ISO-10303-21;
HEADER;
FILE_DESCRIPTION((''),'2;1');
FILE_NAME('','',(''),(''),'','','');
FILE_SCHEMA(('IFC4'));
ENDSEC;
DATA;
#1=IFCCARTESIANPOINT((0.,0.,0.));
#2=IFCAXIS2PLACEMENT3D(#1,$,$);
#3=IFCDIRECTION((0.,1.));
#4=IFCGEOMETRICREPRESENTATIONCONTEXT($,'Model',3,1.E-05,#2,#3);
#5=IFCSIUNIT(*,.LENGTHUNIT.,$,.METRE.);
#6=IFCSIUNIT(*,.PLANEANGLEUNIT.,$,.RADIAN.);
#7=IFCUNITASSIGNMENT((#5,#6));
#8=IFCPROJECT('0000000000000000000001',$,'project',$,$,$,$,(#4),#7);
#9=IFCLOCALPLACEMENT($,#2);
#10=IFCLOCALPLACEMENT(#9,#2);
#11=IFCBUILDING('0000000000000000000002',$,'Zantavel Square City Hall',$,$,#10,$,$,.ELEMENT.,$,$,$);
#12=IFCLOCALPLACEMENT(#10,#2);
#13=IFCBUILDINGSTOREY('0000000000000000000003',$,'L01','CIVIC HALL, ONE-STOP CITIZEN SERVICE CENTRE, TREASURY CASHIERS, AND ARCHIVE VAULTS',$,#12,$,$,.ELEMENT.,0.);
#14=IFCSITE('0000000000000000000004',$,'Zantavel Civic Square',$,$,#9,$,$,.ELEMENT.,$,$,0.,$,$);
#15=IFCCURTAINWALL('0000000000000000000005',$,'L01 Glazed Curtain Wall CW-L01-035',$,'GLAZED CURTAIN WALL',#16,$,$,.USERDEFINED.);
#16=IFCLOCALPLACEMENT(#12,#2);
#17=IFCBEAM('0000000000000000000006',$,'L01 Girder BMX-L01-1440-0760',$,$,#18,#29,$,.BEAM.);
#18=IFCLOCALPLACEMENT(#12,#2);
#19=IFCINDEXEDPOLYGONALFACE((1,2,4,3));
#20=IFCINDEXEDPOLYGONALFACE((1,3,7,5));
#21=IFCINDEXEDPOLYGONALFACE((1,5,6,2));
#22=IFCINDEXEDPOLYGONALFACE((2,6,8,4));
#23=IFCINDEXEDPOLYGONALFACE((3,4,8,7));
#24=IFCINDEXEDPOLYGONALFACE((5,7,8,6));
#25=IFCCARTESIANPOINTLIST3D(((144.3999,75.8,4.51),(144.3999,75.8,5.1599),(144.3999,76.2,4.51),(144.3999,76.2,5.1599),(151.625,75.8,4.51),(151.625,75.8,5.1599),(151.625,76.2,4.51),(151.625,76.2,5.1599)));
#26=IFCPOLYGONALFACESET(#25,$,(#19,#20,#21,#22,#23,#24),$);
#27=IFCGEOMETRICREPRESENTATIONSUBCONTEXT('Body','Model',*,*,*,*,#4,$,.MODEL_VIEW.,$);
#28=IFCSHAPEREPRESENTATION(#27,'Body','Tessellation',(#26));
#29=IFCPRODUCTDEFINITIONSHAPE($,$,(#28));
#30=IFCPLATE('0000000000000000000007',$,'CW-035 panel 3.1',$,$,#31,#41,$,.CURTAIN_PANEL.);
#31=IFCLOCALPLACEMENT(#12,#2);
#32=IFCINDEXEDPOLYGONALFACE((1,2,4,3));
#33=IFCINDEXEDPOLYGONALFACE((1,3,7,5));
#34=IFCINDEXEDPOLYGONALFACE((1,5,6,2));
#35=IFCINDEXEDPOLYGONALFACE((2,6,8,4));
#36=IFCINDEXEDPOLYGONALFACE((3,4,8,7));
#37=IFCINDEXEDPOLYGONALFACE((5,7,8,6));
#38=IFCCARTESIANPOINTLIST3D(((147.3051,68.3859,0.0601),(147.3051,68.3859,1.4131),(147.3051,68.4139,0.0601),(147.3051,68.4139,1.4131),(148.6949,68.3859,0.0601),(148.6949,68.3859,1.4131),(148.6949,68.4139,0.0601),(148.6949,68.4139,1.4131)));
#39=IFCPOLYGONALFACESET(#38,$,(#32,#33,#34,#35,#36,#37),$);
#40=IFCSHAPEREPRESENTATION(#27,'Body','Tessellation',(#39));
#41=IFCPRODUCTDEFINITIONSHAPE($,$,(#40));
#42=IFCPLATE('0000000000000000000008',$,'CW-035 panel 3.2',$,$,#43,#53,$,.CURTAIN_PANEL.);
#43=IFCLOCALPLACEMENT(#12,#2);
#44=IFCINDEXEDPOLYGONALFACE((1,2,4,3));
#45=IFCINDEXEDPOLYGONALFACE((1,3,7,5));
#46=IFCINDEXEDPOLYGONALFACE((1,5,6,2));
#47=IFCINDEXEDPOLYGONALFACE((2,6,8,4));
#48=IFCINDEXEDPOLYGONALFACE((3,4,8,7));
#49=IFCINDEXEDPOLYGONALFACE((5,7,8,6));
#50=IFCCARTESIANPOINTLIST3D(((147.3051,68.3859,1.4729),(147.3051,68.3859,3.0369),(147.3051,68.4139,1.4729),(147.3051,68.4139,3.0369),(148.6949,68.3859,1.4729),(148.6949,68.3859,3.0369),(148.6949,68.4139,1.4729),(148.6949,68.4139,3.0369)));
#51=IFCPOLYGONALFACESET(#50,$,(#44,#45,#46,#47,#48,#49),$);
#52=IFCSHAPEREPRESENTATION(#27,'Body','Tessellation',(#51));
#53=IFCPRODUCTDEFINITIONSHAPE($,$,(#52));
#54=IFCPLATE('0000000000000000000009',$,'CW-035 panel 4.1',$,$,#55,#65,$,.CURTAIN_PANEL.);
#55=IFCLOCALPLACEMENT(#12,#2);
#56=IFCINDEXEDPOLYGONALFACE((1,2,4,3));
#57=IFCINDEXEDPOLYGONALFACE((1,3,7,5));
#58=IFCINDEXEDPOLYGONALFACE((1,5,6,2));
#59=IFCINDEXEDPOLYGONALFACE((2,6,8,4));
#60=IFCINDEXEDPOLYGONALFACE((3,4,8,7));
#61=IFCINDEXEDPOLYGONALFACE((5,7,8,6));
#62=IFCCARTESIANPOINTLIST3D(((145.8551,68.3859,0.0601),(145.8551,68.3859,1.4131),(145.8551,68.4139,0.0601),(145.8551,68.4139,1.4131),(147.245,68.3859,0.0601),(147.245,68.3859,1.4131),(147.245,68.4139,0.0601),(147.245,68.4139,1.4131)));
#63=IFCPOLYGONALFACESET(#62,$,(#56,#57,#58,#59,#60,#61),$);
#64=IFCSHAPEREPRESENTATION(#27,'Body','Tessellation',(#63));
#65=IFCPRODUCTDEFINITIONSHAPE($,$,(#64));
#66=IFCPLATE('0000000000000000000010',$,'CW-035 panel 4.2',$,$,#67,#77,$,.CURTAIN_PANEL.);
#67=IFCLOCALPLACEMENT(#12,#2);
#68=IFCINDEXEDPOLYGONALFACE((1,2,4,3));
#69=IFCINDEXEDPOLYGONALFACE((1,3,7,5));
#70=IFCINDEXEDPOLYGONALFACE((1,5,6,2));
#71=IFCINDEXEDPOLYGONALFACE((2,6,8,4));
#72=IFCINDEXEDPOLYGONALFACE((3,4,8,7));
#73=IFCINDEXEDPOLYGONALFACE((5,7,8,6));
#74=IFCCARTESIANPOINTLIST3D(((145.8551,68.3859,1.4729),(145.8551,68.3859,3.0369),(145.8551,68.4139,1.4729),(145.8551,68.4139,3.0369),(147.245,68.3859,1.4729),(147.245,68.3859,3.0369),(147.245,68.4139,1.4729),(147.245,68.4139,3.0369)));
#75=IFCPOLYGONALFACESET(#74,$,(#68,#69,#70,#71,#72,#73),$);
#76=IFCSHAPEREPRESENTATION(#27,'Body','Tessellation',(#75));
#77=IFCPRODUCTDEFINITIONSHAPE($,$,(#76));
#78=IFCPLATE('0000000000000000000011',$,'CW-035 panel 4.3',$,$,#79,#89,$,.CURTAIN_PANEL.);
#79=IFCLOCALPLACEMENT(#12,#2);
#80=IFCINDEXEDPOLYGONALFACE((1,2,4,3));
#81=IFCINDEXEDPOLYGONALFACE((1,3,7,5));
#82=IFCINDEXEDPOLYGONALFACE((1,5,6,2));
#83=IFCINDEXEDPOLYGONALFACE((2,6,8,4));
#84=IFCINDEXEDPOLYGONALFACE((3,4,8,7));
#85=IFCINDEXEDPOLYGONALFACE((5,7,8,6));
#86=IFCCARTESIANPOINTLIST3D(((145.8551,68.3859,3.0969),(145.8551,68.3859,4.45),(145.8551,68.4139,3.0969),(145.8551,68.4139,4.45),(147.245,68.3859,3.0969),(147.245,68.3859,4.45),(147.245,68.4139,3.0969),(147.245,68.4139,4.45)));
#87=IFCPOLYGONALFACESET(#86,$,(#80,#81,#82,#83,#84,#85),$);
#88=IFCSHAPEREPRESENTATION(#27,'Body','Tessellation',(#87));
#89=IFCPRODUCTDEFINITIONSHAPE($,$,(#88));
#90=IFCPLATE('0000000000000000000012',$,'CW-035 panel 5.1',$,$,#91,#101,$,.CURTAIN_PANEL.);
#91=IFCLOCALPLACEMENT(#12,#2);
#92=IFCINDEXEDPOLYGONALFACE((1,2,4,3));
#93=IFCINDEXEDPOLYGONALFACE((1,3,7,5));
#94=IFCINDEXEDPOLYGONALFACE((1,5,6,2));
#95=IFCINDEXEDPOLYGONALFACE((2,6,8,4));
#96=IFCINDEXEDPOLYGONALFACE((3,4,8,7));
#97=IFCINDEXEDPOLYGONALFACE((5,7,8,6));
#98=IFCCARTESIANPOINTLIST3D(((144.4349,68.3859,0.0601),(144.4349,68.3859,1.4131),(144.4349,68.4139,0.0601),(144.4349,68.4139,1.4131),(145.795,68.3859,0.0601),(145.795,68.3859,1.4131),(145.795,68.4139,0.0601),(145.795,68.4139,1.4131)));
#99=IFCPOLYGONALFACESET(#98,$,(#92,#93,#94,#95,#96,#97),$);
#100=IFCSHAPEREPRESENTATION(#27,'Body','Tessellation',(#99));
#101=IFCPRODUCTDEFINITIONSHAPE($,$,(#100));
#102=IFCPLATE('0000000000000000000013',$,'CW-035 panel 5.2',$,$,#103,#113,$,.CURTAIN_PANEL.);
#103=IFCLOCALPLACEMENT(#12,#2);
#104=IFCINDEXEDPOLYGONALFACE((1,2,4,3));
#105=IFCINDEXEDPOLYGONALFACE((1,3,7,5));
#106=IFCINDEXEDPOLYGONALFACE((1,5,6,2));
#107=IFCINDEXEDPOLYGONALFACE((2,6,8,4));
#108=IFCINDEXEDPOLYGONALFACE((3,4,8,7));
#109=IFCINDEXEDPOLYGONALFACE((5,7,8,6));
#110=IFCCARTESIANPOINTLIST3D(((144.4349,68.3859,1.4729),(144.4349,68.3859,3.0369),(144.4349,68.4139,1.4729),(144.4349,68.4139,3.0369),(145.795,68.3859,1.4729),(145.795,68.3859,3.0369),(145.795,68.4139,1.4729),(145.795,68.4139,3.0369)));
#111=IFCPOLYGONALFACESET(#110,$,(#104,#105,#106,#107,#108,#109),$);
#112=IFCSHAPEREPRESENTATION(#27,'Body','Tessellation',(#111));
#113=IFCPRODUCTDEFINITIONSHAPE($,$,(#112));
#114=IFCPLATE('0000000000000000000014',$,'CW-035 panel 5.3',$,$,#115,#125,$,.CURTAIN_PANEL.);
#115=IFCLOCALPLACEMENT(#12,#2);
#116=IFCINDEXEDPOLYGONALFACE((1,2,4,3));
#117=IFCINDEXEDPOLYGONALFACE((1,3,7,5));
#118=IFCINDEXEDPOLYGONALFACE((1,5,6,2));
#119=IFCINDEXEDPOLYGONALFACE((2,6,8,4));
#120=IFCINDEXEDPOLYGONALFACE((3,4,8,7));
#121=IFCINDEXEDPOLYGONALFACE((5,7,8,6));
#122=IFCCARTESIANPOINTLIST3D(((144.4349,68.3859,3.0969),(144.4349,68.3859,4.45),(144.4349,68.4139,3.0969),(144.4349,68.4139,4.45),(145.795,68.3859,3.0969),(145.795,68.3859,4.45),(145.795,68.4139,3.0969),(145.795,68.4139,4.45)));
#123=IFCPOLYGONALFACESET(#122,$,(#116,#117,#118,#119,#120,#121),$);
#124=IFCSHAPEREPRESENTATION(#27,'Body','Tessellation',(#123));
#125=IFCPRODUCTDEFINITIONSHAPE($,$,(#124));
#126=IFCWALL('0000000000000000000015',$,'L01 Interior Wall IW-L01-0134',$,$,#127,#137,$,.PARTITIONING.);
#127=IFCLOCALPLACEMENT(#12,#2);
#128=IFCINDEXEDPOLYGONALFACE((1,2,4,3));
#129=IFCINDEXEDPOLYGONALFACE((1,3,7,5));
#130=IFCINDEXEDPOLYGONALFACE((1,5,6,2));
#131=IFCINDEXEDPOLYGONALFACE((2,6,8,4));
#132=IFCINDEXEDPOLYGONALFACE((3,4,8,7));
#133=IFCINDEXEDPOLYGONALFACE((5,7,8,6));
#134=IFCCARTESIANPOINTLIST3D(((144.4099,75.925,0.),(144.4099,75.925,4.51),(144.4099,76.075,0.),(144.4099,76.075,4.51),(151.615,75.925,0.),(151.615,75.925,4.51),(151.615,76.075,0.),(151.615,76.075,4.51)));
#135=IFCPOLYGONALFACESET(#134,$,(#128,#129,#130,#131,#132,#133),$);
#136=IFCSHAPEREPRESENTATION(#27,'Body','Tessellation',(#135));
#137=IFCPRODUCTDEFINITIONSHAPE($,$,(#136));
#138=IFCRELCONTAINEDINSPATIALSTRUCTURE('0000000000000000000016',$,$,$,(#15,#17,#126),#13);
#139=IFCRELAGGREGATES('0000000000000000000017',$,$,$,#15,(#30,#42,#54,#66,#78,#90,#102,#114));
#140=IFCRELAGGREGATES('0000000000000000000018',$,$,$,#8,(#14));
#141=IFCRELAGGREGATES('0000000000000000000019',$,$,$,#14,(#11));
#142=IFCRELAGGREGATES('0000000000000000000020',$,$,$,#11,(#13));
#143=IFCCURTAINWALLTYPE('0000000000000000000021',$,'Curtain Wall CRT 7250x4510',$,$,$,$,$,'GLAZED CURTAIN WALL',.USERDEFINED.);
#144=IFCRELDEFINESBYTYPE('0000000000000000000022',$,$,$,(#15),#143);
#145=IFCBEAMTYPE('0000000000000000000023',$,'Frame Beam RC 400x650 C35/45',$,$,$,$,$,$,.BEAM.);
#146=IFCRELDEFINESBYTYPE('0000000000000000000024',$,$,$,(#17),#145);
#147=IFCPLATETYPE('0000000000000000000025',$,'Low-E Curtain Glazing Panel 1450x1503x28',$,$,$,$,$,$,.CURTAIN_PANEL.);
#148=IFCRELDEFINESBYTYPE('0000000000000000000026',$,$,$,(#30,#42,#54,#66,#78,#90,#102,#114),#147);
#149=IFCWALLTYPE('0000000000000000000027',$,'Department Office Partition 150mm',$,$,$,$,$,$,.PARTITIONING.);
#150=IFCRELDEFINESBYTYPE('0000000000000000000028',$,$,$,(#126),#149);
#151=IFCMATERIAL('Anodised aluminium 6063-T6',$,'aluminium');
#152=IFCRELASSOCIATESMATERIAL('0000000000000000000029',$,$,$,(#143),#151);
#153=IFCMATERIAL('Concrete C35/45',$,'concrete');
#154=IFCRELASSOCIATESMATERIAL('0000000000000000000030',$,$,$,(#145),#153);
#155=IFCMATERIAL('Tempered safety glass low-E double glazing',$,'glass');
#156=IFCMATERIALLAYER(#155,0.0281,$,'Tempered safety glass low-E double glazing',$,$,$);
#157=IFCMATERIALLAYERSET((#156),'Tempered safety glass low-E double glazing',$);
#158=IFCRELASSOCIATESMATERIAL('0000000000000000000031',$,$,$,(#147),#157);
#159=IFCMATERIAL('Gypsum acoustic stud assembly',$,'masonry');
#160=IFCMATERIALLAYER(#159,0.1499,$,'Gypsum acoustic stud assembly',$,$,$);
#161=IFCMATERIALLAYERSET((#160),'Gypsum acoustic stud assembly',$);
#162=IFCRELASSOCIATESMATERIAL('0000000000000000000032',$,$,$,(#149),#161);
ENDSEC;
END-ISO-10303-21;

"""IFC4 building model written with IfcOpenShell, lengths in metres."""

from ifc_helpers import new_model, si_unit, direction, frame, frame_2d, origin, origin_2d, place, context, subcontext, project, spatial, rectangle, extrude, material, layer, layer_set, material_profile, profile_set, type_object, element, aggregate, save


model = new_model("IFC4")

# Units and contexts
model_context = context("Model", 3, precision=1e-05, world=origin(), true_north=direction((0.0, 1.0)))
body_context = subcontext(model_context, "Body", "Model", "MODEL_VIEW")
ifc_project = project(units=[si_unit("LENGTHUNIT", "METRE"), si_unit("PLANEANGLEUNIT", "RADIAN")], contexts=[model_context])

# Site, building, storey
site_placement = place(None, origin())
site = spatial("IfcSite", under=ifc_project, at=site_placement, Name="Zantavel Civic Square", CompositionType="ELEMENT", RefElevation=0.0)
building_placement = place(site_placement, origin())
building = spatial("IfcBuilding", under=site, at=building_placement, Name="Zantavel Square City Hall", CompositionType="ELEMENT")
storey_placement = place(building_placement, origin())
storey = spatial("IfcBuildingStorey", under=building, at=storey_placement, Name="L01", Description="CIVIC HALL, ONE-STOP CITIZEN SERVICE CENTRE, TREASURY CASHIERS, AND ARCHIVE VAULTS", CompositionType="ELEMENT", Elevation=0.0)

# Curtain wall
ifc_material_1 = material(Name="Anodised aluminium 6063-T6", Category="aluminium")
curtain_wall_type = type_object("IfcCurtainWallType", Name="Curtain Wall CRT 7250x4510", ElementType="GLAZED CURTAIN WALL", PredefinedType="USERDEFINED", material=ifc_material_1)
curtain_wall_placement = place(storey_placement, origin())
curtain_wall = element("IfcCurtainWall", 1, at=curtain_wall_placement, inside=storey, type_object=curtain_wall_type, Name="L01 Glazed Curtain Wall CW-L01-035", ObjectType="GLAZED CURTAIN WALL", PredefinedType="USERDEFINED")

# Beam
ifc_material_2 = material(Name="Concrete C35/45", Category="concrete")
ifc_material_profile_1 = material_profile(ifc_material_2, rectangle(XDim=0.3999, YDim=0.6499, at=origin_2d()), Name="RC 400x650")
ifc_profile_set_1 = profile_set([ifc_material_profile_1], Name="Concrete C35/45")
beam_type = type_object("IfcBeamType", Name="Frame Beam RC 400x650 C35/45", PredefinedType="BEAM", material=ifc_profile_set_1)
beam_placement = place(storey_placement, frame((144.3999, 76.0, 4.835), z_axis=(1.0, 0.0, 0.0), x_axis=(0.0, 1.0, 0.0)))
element("IfcBeam", 2, at=beam_placement, inside=storey, type_object=beam_type, Name="L01 Girder BMX-L01-1440-0760", PredefinedType="BEAM", context=body_context, shape_type="SweptSolid", body=[
    extrude(rectangle(XDim=0.3999, YDim=0.6499, at=origin_2d()), origin(), (0.0, 0.0, 1.0), 7.2251),
])

# Plates
ifc_material_3 = material(Name="Tempered safety glass low-E double glazing", Category="glass")
ifc_layer_1 = layer(ifc_material_3, 0.0281, Name="Tempered safety glass low-E double glazing")
ifc_layer_set_1 = layer_set([ifc_layer_1], Name="Tempered safety glass low-E double glazing")
plate_type = type_object("IfcPlateType", Name="Low-E Curtain Glazing Panel 1450x1503x28", PredefinedType="CURTAIN_PANEL", material=ifc_layer_set_1)
plate_1_placement = place(storey_placement, frame((148.0, 68.3999, 0.0601), z_axis=(0.0, 0.0, 1.0), x_axis=(-1.0, 0.0, 0.0)))
plate_1 = element("IfcPlate", 3, at=plate_1_placement, type_object=plate_type, Name="CW-035 panel 3.1", PredefinedType="CURTAIN_PANEL", context=body_context, shape_type="SweptSolid", body=[
    extrude(rectangle(XDim=1.3899, YDim=0.0281, at=origin_2d()), origin(), (0.0, 0.0, 1.0), 1.353),
])
plate_2_placement = place(storey_placement, frame((148.0, 68.3999, 1.4729), z_axis=(0.0, 0.0, 1.0), x_axis=(-1.0, 0.0, 0.0)))
plate_2 = element("IfcPlate", 4, at=plate_2_placement, type_object=plate_type, Name="CW-035 panel 3.2", PredefinedType="CURTAIN_PANEL", context=body_context, shape_type="SweptSolid", body=[
    extrude(rectangle(XDim=1.3899, YDim=0.0281, at=origin_2d()), origin(), (0.0, 0.0, 1.0), 1.564),
])
plate_3_placement = place(storey_placement, frame((146.55, 68.3999, 0.0601), z_axis=(0.0, 0.0, 1.0), x_axis=(-1.0, 0.0, 0.0)))
plate_3 = element("IfcPlate", 5, at=plate_3_placement, type_object=plate_type, Name="CW-035 panel 4.1", PredefinedType="CURTAIN_PANEL", context=body_context, shape_type="SweptSolid", body=[
    extrude(rectangle(XDim=1.3899, YDim=0.0281, at=origin_2d()), origin(), (0.0, 0.0, 1.0), 1.353),
])
plate_4_placement = place(storey_placement, frame((146.55, 68.3999, 1.4729), z_axis=(0.0, 0.0, 1.0), x_axis=(-1.0, 0.0, 0.0)))
plate_4 = element("IfcPlate", 6, at=plate_4_placement, type_object=plate_type, Name="CW-035 panel 4.2", PredefinedType="CURTAIN_PANEL", context=body_context, shape_type="SweptSolid", body=[
    extrude(rectangle(XDim=1.3899, YDim=0.0281, at=origin_2d()), origin(), (0.0, 0.0, 1.0), 1.564),
])
plate_5_placement = place(storey_placement, frame((146.55, 68.3999, 3.0969), z_axis=(0.0, 0.0, 1.0), x_axis=(-1.0, 0.0, 0.0)))
plate_5 = element("IfcPlate", 7, at=plate_5_placement, type_object=plate_type, Name="CW-035 panel 4.3", PredefinedType="CURTAIN_PANEL", context=body_context, shape_type="SweptSolid", body=[
    extrude(rectangle(XDim=1.3899, YDim=0.0281, at=origin_2d()), origin(), (0.0, 0.0, 1.0), 1.353),
])
plate_6_placement = place(storey_placement, frame((145.115, 68.3999, 0.0601), z_axis=(0.0, 0.0, 1.0), x_axis=(-1.0, 0.0, 0.0)))
plate_6 = element("IfcPlate", 8, at=plate_6_placement, type_object=plate_type, Name="CW-035 panel 5.1", PredefinedType="CURTAIN_PANEL", context=body_context, shape_type="SweptSolid", body=[
    extrude(rectangle(XDim=1.3601, YDim=0.0281, at=origin_2d()), origin(), (0.0, 0.0, 1.0), 1.353),
])
plate_7_placement = place(storey_placement, frame((145.115, 68.3999, 1.4729), z_axis=(0.0, 0.0, 1.0), x_axis=(-1.0, 0.0, 0.0)))
plate_7 = element("IfcPlate", 9, at=plate_7_placement, type_object=plate_type, Name="CW-035 panel 5.2", PredefinedType="CURTAIN_PANEL", context=body_context, shape_type="SweptSolid", body=[
    extrude(rectangle(XDim=1.3601, YDim=0.0281, at=origin_2d()), origin(), (0.0, 0.0, 1.0), 1.564),
])
plate_8_placement = place(storey_placement, frame((145.115, 68.3999, 3.0969), z_axis=(0.0, 0.0, 1.0), x_axis=(-1.0, 0.0, 0.0)))
plate_8 = element("IfcPlate", 10, at=plate_8_placement, type_object=plate_type, Name="CW-035 panel 5.3", PredefinedType="CURTAIN_PANEL", context=body_context, shape_type="SweptSolid", body=[
    extrude(rectangle(XDim=1.3601, YDim=0.0281, at=origin_2d()), origin(), (0.0, 0.0, 1.0), 1.353),
])
aggregate(curtain_wall, [plate_1, plate_2, plate_3, plate_4, plate_5, plate_6, plate_7, plate_8])

# Wall
ifc_material_4 = material(Name="Gypsum acoustic stud assembly", Category="masonry")
ifc_layer_2 = layer(ifc_material_4, 0.1499, Name="Gypsum acoustic stud assembly")
ifc_layer_set_2 = layer_set([ifc_layer_2], Name="Gypsum acoustic stud assembly")
wall_type = type_object("IfcWallType", Name="Department Office Partition 150mm", PredefinedType="PARTITIONING", material=ifc_layer_set_2)
wall_placement = place(storey_placement, frame((144.4099, 76.0, 0.0), z_axis=(0.0, 0.0, 1.0), x_axis=(1.0, 0.0, 0.0)))
element("IfcWall", 11, at=wall_placement, inside=storey, type_object=wall_type, Name="L01 Interior Wall IW-L01-0134", PredefinedType="PARTITIONING", context=body_context, shape_type="SweptSolid", body=[
    extrude(rectangle(XDim=7.2051, YDim=0.1499, at=frame_2d((3.6025, 0.0))), origin(), (0.0, 0.0, 1.0), 4.51),
])

save(model, "model.ifc")
